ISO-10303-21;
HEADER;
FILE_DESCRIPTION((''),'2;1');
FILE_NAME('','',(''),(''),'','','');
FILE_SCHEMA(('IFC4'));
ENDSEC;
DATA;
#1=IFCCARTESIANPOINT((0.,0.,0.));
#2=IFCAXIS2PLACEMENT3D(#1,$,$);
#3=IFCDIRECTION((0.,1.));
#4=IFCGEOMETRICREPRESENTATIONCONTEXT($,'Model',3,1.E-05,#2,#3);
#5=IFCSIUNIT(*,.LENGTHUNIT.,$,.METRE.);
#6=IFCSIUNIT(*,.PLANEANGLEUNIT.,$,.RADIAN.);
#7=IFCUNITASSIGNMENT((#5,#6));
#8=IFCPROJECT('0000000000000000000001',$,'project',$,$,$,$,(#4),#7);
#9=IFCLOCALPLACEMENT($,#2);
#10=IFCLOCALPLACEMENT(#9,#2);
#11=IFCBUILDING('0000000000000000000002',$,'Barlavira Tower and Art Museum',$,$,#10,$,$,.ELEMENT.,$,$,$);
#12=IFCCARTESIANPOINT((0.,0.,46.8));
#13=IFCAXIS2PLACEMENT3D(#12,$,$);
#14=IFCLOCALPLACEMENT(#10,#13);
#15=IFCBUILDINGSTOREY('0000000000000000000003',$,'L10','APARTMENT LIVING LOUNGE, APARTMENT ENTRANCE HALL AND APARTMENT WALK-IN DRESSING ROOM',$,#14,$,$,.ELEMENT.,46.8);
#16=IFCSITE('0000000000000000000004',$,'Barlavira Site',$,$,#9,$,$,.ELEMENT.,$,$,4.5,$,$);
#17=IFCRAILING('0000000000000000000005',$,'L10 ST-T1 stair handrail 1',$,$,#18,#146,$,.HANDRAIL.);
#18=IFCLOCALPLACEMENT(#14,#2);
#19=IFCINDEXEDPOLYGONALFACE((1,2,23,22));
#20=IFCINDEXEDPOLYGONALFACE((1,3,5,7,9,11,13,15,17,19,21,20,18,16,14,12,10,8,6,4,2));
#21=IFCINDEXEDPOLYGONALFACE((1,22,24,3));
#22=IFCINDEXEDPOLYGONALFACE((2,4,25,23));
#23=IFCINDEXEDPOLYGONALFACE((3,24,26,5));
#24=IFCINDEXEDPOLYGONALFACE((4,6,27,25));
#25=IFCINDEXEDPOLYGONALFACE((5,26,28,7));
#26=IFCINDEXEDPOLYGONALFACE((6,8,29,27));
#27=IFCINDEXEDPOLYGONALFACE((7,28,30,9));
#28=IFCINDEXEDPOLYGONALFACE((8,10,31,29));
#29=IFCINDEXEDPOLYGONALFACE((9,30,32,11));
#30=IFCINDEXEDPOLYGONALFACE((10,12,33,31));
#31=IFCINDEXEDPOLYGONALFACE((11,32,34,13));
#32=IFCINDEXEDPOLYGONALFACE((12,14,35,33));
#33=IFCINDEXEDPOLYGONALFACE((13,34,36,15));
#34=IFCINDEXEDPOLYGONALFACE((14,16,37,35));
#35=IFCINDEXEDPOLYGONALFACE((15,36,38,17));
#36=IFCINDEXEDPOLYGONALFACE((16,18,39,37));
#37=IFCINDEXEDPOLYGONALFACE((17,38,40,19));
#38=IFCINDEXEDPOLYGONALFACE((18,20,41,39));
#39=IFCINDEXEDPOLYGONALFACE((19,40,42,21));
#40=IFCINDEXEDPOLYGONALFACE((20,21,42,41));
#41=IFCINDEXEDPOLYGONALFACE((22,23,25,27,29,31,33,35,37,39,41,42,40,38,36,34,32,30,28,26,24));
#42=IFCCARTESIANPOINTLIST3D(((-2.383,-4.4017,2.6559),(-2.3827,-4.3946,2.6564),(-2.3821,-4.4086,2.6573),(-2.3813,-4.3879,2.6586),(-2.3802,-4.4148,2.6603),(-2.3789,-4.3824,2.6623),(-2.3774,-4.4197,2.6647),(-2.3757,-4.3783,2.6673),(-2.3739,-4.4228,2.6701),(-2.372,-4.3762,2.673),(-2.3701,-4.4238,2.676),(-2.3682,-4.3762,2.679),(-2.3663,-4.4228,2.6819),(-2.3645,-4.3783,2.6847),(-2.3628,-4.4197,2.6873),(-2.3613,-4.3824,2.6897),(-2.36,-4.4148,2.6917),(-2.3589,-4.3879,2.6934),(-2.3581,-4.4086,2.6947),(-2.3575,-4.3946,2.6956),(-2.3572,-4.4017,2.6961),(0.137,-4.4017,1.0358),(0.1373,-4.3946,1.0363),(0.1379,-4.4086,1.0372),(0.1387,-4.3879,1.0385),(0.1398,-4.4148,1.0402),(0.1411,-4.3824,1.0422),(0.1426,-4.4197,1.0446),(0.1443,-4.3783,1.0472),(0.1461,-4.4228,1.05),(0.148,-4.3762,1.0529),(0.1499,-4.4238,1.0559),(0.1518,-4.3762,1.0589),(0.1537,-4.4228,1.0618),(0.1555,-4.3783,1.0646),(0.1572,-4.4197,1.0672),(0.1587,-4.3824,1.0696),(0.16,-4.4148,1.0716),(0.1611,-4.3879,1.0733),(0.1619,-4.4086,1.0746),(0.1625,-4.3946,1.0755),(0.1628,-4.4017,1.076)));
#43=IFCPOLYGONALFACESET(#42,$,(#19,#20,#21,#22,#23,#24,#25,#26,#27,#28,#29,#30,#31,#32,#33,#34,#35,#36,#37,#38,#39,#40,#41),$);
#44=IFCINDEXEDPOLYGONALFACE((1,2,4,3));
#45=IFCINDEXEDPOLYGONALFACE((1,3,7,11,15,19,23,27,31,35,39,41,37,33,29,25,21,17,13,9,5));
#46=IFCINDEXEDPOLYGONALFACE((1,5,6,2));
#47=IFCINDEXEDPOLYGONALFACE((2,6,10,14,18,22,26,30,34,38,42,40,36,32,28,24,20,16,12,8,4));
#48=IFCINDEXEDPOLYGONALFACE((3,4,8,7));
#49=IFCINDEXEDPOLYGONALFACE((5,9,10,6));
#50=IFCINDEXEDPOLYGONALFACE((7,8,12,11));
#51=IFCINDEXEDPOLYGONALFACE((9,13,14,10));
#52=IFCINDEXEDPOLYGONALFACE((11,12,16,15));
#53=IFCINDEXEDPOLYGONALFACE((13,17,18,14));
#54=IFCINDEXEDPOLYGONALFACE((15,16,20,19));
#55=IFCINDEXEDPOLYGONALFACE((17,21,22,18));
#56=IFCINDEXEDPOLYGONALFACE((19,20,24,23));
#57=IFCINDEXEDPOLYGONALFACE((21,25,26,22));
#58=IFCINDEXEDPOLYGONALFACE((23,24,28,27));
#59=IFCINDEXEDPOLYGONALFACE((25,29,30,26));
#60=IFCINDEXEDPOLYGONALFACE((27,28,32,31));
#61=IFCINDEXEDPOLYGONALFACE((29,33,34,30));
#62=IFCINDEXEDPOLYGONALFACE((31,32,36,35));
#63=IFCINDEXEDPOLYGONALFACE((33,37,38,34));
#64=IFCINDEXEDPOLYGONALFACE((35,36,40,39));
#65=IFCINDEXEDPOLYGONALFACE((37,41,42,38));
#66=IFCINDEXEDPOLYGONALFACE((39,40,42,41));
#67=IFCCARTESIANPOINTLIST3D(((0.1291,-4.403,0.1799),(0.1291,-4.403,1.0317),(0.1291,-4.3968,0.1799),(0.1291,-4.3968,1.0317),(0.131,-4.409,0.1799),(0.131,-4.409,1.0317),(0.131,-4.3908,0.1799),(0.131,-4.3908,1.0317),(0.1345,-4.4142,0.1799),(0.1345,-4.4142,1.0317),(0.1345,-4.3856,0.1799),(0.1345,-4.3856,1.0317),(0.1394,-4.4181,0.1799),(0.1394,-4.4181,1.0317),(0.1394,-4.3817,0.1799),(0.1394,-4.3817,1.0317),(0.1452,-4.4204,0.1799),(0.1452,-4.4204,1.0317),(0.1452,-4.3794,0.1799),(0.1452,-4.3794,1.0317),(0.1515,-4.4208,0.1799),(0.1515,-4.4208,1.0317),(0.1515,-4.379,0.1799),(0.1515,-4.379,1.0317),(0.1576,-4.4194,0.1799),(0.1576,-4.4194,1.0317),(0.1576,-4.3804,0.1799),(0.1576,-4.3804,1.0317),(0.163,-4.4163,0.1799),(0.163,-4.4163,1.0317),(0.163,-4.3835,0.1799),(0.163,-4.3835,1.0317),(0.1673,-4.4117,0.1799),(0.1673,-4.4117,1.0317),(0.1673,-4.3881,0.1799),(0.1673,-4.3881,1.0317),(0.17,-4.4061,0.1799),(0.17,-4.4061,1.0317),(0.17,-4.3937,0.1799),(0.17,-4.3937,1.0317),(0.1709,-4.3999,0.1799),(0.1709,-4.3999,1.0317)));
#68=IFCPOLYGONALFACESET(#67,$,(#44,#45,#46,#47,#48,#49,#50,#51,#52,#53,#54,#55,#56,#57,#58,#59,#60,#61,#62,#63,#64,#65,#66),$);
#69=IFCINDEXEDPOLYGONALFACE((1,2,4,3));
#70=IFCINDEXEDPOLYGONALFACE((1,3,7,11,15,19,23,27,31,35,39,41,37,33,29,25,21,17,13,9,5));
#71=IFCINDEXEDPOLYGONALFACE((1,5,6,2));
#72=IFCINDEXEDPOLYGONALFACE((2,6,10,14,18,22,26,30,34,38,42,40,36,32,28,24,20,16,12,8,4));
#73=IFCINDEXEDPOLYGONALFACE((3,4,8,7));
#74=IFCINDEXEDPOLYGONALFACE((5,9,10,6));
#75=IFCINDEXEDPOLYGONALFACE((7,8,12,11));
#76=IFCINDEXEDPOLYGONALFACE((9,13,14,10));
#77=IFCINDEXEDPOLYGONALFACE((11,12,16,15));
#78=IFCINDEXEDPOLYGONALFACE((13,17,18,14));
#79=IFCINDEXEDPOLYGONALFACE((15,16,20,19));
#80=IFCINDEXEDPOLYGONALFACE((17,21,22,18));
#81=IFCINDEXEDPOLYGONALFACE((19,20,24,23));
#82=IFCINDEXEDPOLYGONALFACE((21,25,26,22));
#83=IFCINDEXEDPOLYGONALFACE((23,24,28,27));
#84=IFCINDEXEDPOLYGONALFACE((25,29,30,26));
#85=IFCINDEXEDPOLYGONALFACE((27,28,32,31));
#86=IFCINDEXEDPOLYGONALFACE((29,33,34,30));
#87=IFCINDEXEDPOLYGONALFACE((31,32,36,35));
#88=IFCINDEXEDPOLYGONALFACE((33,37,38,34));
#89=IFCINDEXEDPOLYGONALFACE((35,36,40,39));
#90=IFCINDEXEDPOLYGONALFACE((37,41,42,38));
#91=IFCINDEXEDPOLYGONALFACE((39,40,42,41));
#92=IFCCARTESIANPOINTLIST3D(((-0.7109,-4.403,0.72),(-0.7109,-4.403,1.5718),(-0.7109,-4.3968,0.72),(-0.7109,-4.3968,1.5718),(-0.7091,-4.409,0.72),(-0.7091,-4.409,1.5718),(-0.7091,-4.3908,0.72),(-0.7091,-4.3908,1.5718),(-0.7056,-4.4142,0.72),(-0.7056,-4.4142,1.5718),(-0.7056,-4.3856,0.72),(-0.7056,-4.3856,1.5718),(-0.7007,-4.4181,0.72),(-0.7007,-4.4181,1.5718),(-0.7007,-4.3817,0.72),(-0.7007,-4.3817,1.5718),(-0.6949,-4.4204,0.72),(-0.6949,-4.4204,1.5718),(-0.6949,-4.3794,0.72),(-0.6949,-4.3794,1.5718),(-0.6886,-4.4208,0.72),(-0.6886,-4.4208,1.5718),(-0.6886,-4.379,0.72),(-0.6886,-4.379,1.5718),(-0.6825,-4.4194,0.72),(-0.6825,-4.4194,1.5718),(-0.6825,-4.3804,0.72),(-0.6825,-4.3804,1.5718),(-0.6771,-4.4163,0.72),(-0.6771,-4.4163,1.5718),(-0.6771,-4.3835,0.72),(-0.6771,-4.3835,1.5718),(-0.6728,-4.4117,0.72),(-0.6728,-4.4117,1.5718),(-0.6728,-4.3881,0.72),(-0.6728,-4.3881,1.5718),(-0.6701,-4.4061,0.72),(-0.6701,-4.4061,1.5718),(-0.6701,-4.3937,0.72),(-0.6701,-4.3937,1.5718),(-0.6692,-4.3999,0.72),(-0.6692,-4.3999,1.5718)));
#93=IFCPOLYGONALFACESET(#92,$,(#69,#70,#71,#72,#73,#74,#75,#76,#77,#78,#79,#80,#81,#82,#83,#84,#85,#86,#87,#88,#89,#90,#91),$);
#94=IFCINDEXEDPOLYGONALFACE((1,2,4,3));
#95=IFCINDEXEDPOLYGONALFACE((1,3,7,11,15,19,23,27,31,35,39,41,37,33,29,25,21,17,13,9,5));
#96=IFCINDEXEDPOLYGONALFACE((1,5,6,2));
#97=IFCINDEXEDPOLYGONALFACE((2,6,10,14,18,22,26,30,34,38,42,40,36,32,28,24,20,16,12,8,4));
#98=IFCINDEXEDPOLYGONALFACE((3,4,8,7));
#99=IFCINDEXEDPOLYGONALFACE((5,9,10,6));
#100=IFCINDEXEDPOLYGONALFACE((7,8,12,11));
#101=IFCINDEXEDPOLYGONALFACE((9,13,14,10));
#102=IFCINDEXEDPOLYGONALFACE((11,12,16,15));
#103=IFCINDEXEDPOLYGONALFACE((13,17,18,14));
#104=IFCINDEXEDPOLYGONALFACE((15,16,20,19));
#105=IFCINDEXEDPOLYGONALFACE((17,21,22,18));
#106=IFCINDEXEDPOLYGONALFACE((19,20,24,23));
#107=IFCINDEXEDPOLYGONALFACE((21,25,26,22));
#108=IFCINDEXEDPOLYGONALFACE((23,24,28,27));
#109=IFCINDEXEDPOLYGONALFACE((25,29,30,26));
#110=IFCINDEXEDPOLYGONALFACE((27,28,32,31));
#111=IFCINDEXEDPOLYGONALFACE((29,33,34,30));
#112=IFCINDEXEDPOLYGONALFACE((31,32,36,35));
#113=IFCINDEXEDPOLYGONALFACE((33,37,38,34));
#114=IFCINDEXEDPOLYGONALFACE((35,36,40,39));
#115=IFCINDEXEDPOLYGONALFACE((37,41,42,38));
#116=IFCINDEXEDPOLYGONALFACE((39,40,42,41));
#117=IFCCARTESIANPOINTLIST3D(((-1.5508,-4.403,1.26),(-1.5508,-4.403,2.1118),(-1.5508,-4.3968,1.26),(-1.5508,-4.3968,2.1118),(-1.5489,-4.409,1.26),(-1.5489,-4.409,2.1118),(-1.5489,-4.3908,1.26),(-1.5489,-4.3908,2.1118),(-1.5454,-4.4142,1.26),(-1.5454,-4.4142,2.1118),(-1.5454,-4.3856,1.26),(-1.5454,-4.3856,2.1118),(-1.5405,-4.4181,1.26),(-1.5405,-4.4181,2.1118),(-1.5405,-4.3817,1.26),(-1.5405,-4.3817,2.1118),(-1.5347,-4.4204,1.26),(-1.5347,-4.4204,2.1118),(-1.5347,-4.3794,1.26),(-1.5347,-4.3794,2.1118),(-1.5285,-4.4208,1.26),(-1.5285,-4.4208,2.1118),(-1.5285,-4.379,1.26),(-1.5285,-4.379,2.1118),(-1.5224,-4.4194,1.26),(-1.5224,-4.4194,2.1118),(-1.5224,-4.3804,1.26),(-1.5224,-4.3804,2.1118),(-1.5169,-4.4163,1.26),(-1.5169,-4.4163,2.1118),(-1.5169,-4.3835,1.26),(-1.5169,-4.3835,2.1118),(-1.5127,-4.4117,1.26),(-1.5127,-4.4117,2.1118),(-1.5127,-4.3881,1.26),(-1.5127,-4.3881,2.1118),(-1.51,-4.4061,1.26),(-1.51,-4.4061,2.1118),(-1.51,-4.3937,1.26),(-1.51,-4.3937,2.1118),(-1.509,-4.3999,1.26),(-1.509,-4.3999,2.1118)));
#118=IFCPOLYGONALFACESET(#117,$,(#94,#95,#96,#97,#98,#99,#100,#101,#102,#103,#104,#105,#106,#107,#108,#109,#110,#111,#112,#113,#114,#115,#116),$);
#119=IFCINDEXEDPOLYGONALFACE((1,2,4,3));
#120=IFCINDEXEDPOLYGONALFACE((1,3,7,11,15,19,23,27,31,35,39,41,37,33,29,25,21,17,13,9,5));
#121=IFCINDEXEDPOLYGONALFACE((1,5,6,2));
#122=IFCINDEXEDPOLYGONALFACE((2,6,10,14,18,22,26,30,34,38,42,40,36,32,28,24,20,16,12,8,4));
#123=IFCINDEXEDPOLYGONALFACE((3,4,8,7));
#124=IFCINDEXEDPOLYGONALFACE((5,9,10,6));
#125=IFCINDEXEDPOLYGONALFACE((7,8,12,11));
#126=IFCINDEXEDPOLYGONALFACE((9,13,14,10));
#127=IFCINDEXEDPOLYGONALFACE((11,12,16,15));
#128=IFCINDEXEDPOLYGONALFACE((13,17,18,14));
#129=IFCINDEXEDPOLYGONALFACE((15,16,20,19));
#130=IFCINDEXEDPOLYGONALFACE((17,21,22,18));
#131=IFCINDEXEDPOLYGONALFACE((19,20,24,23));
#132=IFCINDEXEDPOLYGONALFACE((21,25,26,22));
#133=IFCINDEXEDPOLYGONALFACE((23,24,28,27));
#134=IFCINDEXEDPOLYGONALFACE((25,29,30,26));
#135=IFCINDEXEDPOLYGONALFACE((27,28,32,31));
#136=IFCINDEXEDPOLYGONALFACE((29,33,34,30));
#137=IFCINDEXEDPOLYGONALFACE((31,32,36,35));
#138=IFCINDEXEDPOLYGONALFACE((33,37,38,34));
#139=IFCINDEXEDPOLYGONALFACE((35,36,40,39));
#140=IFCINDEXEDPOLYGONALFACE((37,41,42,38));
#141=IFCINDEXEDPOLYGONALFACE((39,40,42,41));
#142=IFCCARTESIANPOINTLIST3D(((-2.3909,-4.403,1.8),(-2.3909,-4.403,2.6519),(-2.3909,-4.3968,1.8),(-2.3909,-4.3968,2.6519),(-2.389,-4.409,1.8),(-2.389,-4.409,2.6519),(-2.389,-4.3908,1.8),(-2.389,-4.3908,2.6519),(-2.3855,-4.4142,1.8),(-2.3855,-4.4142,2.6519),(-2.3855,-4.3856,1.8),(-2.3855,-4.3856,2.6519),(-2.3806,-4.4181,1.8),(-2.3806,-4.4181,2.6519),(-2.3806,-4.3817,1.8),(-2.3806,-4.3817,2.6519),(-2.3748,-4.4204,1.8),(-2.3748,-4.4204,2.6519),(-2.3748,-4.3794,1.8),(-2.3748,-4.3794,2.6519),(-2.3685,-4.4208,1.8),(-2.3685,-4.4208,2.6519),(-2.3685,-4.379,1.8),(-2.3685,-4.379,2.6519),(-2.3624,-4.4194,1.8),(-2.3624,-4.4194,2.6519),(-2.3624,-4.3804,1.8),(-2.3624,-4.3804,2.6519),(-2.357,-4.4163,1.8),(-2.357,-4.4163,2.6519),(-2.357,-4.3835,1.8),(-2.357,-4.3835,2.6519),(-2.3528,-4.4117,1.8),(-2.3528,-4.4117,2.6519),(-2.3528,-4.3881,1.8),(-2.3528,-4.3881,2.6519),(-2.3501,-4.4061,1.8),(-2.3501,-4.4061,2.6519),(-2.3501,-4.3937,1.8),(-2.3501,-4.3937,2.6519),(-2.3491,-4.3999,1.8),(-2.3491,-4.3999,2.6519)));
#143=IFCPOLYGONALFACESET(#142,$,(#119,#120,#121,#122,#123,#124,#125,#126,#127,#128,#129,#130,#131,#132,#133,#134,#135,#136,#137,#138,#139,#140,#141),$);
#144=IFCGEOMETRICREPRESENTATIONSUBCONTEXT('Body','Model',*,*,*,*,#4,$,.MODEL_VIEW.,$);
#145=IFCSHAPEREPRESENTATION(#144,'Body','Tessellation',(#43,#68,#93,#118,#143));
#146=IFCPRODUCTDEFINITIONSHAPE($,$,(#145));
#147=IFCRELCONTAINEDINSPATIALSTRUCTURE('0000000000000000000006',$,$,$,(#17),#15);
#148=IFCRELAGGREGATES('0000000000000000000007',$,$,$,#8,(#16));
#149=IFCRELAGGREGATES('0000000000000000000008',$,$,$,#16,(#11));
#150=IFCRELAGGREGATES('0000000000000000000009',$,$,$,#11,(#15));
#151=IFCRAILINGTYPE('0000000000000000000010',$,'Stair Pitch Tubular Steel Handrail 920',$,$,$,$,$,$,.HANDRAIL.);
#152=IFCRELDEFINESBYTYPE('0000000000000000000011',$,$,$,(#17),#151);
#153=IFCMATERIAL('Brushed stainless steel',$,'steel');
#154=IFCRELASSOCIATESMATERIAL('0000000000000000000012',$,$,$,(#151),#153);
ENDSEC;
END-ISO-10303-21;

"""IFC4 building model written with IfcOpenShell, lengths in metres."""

from ifc_helpers import new_model, si_unit, direction, frame, origin, origin_2d, place, context, subcontext, project, spatial, circle, extrude, material, type_object, element, save


model = new_model("IFC4")

# Units and contexts
model_context = context("Model", 3, precision=1e-05, world=origin(), true_north=direction((0.0, 1.0)))
body_context = subcontext(model_context, "Body", "Model", "MODEL_VIEW")
ifc_project = project(units=[si_unit("LENGTHUNIT", "METRE"), si_unit("PLANEANGLEUNIT", "RADIAN")], contexts=[model_context])

# Site, building, storey
site_placement = place(None, origin())
site = spatial("IfcSite", under=ifc_project, at=site_placement, Name="Barlavira Site", CompositionType="ELEMENT", RefElevation=4.5)
building_placement = place(site_placement, origin())
building = spatial("IfcBuilding", under=site, at=building_placement, Name="Barlavira Tower and Art Museum", CompositionType="ELEMENT")
storey_placement = place(building_placement, frame((0.0, 0.0, 46.8)))
storey = spatial("IfcBuildingStorey", under=building, at=storey_placement, Name="L10", Description="APARTMENT LIVING LOUNGE, APARTMENT ENTRANCE HALL AND APARTMENT WALK-IN DRESSING ROOM", CompositionType="ELEMENT", Elevation=46.8)

# Shared definitions
ifc_material_1 = material(Name="Brushed stainless steel", Category="steel")

# Railing
railing_type_1 = type_object("IfcRailingType", Name="Stair Pitch Tubular Steel Handrail 920", PredefinedType="HANDRAIL", material=ifc_material_1)
railing_1_placement = place(storey_placement, frame((0.1499, -4.3999, 0.1799)))
element("IfcRailing", 1, at=railing_1_placement, inside=storey, type_object=railing_type_1, Name="L10 ST-T1 stair handrail 1", PredefinedType="HANDRAIL", context=body_context, shape_type="SweptSolid", body=[
    extrude(circle(Radius=0.0239, at=origin_2d()), frame((0.0, 0.0, 0.876), z_axis=(-0.841163, 0.0, 0.540782), x_axis=(0.0, -1.0, 0.0)), (0.0, 0.0, 1.0), 2.9958),
    extrude(circle(Radius=0.021, at=origin_2d()), origin(), (0.0, 0.0, 1.0), 0.8518),
    extrude(circle(Radius=0.021, at=origin_2d()), frame((-0.8401, 0.0, 0.54)), (0.0, 0.0, 1.0), 0.8518),
    extrude(circle(Radius=0.021, at=origin_2d()), frame((-1.6799, 0.0, 1.0801)), (0.0, 0.0, 1.0), 0.8518),
    extrude(circle(Radius=0.021, at=origin_2d()), frame((-2.52, 0.0, 1.6201)), (0.0, 0.0, 1.0), 0.8518),
])

save(model, "model.ifc")
